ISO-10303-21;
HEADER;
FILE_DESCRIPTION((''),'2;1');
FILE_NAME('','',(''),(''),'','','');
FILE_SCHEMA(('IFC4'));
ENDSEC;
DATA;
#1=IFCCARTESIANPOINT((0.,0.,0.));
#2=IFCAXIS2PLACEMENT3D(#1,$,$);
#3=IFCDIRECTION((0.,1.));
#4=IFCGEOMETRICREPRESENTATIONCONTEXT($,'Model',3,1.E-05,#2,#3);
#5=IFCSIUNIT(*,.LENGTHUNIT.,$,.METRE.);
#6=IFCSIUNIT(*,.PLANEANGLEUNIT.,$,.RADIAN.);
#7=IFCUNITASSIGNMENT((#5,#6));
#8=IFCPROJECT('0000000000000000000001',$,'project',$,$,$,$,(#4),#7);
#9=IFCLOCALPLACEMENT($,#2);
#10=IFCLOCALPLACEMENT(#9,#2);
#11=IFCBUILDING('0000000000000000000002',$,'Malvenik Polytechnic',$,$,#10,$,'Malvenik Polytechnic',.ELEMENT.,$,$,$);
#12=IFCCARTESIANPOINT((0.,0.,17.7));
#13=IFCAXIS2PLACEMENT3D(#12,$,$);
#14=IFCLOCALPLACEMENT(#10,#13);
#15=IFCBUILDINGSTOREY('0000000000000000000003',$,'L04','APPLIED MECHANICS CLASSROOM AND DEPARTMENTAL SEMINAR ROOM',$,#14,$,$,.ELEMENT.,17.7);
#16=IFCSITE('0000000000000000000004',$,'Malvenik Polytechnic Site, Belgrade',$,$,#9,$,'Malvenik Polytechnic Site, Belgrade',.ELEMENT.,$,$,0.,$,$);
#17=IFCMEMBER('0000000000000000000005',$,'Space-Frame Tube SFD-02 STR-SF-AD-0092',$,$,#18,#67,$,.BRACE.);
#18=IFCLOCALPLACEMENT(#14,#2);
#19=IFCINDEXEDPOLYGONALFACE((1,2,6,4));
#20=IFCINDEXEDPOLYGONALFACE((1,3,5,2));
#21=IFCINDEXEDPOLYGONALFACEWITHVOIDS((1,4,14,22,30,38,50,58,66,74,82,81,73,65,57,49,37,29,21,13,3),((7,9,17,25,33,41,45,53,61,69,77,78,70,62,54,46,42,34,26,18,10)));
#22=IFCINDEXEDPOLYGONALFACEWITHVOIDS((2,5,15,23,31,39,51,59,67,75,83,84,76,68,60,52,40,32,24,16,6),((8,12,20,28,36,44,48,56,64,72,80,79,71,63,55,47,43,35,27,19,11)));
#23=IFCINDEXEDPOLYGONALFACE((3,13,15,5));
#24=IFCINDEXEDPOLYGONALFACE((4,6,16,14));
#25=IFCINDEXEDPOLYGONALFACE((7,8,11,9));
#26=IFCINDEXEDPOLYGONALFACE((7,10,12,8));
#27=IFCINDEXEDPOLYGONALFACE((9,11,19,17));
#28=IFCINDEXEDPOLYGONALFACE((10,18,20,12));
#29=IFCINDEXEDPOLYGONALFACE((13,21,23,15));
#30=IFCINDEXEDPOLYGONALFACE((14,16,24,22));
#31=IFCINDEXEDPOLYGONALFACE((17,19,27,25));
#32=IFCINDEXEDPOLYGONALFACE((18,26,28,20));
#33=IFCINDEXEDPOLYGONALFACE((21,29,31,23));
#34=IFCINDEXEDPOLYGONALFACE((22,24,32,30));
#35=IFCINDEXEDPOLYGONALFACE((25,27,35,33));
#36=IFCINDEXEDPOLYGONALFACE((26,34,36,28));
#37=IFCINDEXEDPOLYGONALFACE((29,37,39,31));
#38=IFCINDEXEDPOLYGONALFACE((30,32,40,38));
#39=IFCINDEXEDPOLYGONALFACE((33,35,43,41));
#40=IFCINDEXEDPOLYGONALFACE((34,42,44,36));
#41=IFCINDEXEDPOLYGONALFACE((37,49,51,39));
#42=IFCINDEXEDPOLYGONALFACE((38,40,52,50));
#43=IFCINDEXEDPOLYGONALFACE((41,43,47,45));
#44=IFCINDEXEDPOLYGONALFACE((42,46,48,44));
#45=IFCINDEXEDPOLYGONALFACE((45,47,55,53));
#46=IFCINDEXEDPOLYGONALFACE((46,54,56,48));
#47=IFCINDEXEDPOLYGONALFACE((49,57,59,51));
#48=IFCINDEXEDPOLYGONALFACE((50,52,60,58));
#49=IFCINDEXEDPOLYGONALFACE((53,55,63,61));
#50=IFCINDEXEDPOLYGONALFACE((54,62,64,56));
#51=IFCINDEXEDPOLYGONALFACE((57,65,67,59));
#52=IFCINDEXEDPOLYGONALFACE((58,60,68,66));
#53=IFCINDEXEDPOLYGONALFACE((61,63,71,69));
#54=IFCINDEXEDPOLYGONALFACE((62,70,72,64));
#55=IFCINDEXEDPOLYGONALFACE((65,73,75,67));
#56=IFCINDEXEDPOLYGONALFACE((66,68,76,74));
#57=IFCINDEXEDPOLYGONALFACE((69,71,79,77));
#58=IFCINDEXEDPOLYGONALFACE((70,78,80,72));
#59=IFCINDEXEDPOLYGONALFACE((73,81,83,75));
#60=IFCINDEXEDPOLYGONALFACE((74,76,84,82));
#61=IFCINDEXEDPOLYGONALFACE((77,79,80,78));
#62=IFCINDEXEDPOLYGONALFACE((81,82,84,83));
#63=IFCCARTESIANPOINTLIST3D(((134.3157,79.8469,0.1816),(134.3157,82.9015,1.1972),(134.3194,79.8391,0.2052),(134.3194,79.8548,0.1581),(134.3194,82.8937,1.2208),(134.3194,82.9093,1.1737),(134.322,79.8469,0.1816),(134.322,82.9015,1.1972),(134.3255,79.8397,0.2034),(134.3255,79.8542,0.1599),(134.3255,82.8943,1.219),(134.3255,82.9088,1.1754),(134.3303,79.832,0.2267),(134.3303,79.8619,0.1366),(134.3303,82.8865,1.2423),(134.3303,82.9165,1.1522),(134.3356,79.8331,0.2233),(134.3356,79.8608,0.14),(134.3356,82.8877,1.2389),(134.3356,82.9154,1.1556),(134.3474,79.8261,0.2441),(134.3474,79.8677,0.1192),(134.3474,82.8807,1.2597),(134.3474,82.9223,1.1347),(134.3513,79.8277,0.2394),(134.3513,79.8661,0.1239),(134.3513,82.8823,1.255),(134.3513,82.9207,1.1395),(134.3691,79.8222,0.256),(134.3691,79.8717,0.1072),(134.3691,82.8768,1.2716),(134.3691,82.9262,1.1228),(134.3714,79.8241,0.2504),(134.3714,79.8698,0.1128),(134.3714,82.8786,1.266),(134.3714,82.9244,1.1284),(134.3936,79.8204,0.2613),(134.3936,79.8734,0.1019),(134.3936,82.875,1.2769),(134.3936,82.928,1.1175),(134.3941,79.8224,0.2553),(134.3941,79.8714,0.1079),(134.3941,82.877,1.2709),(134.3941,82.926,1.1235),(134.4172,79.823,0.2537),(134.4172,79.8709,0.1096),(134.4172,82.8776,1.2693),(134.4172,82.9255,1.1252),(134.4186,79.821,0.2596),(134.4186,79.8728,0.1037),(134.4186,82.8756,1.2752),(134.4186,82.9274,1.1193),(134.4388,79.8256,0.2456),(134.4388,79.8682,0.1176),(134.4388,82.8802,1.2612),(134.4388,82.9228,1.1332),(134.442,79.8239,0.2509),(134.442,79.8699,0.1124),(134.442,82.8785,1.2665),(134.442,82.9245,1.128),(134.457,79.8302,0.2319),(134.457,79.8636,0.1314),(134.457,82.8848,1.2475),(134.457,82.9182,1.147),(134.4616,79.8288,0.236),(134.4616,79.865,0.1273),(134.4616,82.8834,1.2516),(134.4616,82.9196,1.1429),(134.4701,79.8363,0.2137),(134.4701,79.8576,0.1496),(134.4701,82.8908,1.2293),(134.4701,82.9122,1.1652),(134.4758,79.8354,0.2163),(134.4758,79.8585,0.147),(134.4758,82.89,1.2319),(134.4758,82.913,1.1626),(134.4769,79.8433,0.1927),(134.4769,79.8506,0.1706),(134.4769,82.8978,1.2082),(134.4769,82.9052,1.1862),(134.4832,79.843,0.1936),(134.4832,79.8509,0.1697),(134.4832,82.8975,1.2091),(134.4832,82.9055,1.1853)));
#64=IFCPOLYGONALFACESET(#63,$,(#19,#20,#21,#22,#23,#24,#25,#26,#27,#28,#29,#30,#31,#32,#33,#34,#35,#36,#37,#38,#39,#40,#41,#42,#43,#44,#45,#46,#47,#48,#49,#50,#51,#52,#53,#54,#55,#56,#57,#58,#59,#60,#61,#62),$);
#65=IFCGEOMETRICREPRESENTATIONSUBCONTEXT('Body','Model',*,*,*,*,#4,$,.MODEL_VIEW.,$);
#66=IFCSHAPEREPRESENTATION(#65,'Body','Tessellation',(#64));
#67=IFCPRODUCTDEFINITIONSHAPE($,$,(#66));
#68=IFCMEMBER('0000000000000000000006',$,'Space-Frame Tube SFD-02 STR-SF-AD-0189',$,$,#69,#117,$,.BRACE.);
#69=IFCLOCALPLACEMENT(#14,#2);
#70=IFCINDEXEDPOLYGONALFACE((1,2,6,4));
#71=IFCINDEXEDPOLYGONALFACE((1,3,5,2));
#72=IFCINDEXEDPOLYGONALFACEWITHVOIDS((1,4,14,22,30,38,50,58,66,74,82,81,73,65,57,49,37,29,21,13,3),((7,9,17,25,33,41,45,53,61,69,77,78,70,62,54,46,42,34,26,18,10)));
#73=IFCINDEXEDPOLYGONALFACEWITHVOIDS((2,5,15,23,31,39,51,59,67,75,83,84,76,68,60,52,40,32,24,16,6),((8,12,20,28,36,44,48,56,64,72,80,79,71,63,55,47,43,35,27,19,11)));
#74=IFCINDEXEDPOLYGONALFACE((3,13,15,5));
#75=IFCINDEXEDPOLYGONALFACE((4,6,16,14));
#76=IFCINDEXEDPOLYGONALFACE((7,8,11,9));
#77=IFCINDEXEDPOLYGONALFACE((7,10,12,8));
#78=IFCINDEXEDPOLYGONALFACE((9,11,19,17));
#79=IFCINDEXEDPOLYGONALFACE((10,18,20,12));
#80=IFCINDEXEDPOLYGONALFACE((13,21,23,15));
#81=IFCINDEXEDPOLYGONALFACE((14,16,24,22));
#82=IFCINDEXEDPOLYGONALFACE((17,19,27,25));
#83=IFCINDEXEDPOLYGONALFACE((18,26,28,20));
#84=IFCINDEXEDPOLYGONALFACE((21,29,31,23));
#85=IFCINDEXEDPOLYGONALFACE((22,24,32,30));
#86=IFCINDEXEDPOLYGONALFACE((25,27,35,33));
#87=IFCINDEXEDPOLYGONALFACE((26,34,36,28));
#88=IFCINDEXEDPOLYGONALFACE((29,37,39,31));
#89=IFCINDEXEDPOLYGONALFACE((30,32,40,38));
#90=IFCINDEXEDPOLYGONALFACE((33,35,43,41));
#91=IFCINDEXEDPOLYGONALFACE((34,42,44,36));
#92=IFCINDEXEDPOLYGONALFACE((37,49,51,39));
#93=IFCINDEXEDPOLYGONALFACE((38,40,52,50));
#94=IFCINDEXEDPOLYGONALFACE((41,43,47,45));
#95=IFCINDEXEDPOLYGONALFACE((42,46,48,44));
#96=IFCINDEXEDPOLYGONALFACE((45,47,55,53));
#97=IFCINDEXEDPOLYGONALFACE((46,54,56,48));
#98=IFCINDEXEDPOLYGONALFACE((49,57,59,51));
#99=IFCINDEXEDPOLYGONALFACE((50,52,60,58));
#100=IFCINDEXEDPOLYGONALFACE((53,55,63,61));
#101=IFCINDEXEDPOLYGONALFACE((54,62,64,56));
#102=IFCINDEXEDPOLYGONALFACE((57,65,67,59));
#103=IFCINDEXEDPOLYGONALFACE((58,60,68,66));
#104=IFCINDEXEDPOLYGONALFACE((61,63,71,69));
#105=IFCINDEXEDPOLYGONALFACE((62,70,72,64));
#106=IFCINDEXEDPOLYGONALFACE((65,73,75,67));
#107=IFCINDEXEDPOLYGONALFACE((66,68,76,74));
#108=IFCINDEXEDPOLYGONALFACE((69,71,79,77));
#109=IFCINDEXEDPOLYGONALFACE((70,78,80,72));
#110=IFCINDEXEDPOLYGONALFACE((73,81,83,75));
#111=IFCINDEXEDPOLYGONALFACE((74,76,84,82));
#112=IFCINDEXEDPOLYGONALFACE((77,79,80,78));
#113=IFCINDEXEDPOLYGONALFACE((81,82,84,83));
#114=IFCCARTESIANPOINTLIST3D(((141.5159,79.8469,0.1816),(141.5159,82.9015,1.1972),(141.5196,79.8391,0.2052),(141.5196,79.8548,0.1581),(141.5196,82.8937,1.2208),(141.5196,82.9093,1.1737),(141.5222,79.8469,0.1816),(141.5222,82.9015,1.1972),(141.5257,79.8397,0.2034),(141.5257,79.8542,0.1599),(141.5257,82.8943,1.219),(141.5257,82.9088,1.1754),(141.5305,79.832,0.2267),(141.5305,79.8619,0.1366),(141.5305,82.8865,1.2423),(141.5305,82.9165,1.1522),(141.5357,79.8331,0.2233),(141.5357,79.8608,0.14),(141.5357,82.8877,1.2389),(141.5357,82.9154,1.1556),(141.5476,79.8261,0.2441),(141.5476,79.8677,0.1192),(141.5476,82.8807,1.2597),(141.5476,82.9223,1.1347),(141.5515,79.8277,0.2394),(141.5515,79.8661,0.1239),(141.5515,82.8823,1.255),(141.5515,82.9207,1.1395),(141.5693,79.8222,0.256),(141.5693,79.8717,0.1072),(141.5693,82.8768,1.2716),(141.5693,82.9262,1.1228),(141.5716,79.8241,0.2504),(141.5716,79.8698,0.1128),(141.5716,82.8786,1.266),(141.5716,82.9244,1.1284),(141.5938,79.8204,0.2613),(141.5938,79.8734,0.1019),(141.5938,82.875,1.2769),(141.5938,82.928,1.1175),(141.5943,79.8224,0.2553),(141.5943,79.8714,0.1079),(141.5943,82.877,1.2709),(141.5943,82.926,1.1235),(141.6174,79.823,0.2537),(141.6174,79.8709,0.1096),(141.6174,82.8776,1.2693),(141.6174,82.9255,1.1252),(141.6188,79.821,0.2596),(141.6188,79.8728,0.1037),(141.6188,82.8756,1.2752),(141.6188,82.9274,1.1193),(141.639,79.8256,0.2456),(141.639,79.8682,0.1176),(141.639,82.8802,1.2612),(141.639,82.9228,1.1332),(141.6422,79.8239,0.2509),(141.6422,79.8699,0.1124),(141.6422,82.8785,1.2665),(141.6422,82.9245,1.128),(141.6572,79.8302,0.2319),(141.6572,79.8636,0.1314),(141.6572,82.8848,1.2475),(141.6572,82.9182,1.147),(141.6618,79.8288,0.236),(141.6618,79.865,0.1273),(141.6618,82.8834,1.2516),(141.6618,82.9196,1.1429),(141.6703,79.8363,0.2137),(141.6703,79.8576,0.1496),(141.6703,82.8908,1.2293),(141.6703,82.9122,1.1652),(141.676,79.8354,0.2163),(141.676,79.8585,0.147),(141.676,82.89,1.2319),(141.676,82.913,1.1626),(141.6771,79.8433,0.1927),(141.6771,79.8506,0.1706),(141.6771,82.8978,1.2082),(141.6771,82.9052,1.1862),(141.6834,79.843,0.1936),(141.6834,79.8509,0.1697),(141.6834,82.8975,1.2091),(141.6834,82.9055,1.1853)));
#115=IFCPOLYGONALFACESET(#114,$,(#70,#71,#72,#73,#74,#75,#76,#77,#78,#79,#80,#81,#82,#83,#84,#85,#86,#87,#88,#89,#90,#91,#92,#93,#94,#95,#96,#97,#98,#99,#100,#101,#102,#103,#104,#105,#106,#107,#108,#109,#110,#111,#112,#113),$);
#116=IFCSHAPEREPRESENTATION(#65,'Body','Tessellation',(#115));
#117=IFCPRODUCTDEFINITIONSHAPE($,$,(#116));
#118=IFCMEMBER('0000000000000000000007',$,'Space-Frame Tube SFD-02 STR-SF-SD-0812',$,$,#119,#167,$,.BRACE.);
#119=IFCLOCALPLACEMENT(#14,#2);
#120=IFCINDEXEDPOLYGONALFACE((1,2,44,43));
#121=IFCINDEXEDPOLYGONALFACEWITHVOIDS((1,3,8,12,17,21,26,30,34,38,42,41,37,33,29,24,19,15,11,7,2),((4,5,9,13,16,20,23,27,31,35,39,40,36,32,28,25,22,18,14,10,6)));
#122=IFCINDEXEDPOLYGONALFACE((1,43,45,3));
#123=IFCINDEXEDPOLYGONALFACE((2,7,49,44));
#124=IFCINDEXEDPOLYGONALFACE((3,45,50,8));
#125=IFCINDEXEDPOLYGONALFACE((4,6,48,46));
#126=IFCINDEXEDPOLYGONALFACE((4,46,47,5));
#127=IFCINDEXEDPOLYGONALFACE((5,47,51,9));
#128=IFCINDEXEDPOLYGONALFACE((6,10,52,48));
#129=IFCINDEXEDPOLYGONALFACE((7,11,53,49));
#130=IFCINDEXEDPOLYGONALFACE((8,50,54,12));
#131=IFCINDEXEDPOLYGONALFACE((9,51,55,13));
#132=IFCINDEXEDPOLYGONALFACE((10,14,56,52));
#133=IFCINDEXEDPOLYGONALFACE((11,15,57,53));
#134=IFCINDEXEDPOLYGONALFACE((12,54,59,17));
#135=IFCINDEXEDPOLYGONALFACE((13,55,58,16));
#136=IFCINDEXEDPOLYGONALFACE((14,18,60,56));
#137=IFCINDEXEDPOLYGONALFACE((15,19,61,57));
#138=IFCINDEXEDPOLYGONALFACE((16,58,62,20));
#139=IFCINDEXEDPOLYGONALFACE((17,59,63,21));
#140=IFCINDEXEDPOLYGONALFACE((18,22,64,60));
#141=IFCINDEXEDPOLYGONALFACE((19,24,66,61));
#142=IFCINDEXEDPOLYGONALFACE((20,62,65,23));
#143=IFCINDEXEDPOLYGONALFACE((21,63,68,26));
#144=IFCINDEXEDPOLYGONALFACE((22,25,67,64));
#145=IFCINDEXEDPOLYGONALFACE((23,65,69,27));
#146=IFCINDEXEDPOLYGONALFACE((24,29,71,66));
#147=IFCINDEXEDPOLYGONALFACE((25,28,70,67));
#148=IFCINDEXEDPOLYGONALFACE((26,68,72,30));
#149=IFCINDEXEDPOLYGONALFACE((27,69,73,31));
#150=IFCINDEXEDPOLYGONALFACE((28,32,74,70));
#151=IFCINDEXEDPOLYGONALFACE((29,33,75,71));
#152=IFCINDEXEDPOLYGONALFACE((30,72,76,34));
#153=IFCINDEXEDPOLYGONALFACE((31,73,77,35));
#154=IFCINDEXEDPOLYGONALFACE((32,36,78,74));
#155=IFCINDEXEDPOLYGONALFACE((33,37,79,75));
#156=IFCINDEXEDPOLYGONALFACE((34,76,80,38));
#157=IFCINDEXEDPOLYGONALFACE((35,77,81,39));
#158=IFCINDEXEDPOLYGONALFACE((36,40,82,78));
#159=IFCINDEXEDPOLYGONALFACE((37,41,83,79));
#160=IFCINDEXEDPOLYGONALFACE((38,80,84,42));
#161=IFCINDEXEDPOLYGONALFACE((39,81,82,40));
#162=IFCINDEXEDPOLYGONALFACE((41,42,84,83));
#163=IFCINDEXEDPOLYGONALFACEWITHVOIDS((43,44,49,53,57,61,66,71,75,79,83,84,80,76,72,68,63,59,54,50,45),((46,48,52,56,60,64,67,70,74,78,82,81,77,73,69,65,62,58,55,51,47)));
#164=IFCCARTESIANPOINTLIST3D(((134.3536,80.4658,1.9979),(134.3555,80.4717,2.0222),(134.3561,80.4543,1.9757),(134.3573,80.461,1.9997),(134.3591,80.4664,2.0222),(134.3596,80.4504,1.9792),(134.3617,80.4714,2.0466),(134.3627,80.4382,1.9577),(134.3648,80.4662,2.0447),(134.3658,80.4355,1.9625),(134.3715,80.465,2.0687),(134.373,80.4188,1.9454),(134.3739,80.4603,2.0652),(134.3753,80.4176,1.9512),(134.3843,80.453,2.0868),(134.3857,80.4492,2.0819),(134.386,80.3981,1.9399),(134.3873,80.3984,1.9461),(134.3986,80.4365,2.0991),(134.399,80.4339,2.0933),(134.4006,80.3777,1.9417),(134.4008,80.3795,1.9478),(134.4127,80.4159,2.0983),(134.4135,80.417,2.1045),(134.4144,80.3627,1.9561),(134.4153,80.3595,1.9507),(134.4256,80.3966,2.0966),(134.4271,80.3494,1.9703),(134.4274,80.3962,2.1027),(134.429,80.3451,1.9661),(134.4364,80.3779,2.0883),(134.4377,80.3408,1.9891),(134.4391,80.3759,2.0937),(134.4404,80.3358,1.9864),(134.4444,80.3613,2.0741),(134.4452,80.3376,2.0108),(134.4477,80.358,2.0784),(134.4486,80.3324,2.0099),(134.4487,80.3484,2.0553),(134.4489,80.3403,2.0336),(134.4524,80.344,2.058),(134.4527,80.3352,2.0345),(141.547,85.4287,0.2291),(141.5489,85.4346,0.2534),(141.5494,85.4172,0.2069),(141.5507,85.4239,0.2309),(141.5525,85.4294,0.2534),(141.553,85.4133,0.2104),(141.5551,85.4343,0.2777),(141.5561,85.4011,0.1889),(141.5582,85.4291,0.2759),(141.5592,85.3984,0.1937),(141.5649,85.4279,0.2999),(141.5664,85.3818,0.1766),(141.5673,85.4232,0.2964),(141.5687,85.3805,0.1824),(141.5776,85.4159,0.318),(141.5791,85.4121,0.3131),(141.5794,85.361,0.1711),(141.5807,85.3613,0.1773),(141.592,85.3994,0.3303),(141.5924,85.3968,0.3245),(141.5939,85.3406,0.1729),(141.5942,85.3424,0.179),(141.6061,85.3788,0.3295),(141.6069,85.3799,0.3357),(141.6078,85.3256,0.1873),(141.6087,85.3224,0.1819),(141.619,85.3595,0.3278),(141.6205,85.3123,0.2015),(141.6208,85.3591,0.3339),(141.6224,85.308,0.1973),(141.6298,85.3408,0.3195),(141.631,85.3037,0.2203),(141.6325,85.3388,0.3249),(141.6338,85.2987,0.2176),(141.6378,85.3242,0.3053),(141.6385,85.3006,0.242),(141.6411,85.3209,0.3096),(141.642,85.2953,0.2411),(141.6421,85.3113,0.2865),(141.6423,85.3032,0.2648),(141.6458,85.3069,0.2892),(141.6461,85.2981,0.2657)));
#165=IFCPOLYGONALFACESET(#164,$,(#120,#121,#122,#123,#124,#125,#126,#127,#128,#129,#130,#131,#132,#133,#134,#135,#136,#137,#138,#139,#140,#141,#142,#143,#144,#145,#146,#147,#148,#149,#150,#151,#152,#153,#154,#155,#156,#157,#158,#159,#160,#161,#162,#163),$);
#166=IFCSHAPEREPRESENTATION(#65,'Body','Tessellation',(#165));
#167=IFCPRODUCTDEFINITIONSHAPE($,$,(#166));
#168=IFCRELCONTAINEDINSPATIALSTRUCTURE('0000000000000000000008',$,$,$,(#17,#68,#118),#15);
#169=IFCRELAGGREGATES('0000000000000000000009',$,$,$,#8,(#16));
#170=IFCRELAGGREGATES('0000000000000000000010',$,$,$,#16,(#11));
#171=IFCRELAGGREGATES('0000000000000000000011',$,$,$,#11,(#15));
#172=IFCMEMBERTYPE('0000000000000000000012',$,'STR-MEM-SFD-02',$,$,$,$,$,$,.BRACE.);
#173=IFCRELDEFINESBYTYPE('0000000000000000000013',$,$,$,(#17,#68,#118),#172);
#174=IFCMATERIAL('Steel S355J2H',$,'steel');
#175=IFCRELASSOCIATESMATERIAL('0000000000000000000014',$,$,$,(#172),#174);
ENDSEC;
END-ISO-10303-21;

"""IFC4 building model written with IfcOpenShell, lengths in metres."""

from ifc_helpers import new_model, si_unit, direction, frame, origin, origin_2d, place, context, subcontext, project, spatial, hollow_circle, extrude, material, material_profile, profile_set, type_object, element, save


model = new_model("IFC4")

# Units and contexts
model_context = context("Model", 3, precision=1e-05, world=origin(), true_north=direction((0.0, 1.0)))
body_context = subcontext(model_context, "Body", "Model", "MODEL_VIEW")
ifc_project = project(units=[si_unit("LENGTHUNIT", "METRE"), si_unit("PLANEANGLEUNIT", "RADIAN")], contexts=[model_context])

# Site, building, storey
site_placement = place(None, origin())
site = spatial("IfcSite", under=ifc_project, at=site_placement, Name="Malvenik Polytechnic Site, Belgrade", LongName="Malvenik Polytechnic Site, Belgrade", CompositionType="ELEMENT", RefElevation=0.0)
building_placement = place(site_placement, origin())
building = spatial("IfcBuilding", under=site, at=building_placement, Name="Malvenik Polytechnic", LongName="Malvenik Polytechnic", CompositionType="ELEMENT")
storey_placement = place(building_placement, frame((0.0, 0.0, 17.7)))
storey = spatial("IfcBuildingStorey", under=building, at=storey_placement, Name="L04", Description="APPLIED MECHANICS CLASSROOM AND DEPARTMENTAL SEMINAR ROOM", CompositionType="ELEMENT", Elevation=17.7)

# Members
ifc_material = material(Name="Steel S355J2H", Category="steel")
ifc_material_profile_1 = material_profile(ifc_material, hollow_circle(Radius=0.0842, WallThickness=0.0063, at=origin_2d()), Name="CHS 168.3x6.3")
ifc_profile_set_1 = profile_set([ifc_material_profile_1], Name="Steel S355J2H")
member_type_1 = type_object("IfcMemberType", Name="STR-MEM-SFD-02", PredefinedType="BRACE", material=ifc_profile_set_1)
for number, where, z_axis, x_axis, name in (
    (1, (134.3999, 79.8469, 0.1816), (0.0, 0.948926, 0.3155), (-1.0, 0.0, 0.0), "Space-Frame Tube SFD-02 STR-SF-AD-0092"),
    (2, (141.6001, 79.8469, 0.1816), (0.0, 0.948926, 0.3155), (-1.0, 0.0, 0.0), "Space-Frame Tube SFD-02 STR-SF-AD-0189"),
):
    element("IfcMember", number, at=place(storey_placement, frame(where, z_axis=z_axis, x_axis=x_axis)), inside=storey, type_object=member_type_1, Name=name, PredefinedType="BRACE", context=body_context, shape_type="SweptSolid", body=[
        extrude(hollow_circle(Radius=0.0842, WallThickness=0.0063, at=origin_2d()), origin(), (0.0, 0.0, 1.0), 3.219),
    ])
member_1_placement = place(storey_placement, frame((134.4033, 80.4023, 2.0222), z_axis=(0.80675, 0.556598, -0.198374), x_axis=(-0.567884, 0.823108, 0.0)))
element("IfcMember", 3, at=member_1_placement, inside=storey, type_object=member_type_1, Name="Space-Frame Tube SFD-02 STR-SF-SD-0812", PredefinedType="BRACE", context=body_context, shape_type="SweptSolid", body=[
    extrude(hollow_circle(Radius=0.0842, WallThickness=0.0063, at=origin_2d()), origin(), (0.0, 0.0, 1.0), 8.9165),
])

save(model, "model.ifc")
